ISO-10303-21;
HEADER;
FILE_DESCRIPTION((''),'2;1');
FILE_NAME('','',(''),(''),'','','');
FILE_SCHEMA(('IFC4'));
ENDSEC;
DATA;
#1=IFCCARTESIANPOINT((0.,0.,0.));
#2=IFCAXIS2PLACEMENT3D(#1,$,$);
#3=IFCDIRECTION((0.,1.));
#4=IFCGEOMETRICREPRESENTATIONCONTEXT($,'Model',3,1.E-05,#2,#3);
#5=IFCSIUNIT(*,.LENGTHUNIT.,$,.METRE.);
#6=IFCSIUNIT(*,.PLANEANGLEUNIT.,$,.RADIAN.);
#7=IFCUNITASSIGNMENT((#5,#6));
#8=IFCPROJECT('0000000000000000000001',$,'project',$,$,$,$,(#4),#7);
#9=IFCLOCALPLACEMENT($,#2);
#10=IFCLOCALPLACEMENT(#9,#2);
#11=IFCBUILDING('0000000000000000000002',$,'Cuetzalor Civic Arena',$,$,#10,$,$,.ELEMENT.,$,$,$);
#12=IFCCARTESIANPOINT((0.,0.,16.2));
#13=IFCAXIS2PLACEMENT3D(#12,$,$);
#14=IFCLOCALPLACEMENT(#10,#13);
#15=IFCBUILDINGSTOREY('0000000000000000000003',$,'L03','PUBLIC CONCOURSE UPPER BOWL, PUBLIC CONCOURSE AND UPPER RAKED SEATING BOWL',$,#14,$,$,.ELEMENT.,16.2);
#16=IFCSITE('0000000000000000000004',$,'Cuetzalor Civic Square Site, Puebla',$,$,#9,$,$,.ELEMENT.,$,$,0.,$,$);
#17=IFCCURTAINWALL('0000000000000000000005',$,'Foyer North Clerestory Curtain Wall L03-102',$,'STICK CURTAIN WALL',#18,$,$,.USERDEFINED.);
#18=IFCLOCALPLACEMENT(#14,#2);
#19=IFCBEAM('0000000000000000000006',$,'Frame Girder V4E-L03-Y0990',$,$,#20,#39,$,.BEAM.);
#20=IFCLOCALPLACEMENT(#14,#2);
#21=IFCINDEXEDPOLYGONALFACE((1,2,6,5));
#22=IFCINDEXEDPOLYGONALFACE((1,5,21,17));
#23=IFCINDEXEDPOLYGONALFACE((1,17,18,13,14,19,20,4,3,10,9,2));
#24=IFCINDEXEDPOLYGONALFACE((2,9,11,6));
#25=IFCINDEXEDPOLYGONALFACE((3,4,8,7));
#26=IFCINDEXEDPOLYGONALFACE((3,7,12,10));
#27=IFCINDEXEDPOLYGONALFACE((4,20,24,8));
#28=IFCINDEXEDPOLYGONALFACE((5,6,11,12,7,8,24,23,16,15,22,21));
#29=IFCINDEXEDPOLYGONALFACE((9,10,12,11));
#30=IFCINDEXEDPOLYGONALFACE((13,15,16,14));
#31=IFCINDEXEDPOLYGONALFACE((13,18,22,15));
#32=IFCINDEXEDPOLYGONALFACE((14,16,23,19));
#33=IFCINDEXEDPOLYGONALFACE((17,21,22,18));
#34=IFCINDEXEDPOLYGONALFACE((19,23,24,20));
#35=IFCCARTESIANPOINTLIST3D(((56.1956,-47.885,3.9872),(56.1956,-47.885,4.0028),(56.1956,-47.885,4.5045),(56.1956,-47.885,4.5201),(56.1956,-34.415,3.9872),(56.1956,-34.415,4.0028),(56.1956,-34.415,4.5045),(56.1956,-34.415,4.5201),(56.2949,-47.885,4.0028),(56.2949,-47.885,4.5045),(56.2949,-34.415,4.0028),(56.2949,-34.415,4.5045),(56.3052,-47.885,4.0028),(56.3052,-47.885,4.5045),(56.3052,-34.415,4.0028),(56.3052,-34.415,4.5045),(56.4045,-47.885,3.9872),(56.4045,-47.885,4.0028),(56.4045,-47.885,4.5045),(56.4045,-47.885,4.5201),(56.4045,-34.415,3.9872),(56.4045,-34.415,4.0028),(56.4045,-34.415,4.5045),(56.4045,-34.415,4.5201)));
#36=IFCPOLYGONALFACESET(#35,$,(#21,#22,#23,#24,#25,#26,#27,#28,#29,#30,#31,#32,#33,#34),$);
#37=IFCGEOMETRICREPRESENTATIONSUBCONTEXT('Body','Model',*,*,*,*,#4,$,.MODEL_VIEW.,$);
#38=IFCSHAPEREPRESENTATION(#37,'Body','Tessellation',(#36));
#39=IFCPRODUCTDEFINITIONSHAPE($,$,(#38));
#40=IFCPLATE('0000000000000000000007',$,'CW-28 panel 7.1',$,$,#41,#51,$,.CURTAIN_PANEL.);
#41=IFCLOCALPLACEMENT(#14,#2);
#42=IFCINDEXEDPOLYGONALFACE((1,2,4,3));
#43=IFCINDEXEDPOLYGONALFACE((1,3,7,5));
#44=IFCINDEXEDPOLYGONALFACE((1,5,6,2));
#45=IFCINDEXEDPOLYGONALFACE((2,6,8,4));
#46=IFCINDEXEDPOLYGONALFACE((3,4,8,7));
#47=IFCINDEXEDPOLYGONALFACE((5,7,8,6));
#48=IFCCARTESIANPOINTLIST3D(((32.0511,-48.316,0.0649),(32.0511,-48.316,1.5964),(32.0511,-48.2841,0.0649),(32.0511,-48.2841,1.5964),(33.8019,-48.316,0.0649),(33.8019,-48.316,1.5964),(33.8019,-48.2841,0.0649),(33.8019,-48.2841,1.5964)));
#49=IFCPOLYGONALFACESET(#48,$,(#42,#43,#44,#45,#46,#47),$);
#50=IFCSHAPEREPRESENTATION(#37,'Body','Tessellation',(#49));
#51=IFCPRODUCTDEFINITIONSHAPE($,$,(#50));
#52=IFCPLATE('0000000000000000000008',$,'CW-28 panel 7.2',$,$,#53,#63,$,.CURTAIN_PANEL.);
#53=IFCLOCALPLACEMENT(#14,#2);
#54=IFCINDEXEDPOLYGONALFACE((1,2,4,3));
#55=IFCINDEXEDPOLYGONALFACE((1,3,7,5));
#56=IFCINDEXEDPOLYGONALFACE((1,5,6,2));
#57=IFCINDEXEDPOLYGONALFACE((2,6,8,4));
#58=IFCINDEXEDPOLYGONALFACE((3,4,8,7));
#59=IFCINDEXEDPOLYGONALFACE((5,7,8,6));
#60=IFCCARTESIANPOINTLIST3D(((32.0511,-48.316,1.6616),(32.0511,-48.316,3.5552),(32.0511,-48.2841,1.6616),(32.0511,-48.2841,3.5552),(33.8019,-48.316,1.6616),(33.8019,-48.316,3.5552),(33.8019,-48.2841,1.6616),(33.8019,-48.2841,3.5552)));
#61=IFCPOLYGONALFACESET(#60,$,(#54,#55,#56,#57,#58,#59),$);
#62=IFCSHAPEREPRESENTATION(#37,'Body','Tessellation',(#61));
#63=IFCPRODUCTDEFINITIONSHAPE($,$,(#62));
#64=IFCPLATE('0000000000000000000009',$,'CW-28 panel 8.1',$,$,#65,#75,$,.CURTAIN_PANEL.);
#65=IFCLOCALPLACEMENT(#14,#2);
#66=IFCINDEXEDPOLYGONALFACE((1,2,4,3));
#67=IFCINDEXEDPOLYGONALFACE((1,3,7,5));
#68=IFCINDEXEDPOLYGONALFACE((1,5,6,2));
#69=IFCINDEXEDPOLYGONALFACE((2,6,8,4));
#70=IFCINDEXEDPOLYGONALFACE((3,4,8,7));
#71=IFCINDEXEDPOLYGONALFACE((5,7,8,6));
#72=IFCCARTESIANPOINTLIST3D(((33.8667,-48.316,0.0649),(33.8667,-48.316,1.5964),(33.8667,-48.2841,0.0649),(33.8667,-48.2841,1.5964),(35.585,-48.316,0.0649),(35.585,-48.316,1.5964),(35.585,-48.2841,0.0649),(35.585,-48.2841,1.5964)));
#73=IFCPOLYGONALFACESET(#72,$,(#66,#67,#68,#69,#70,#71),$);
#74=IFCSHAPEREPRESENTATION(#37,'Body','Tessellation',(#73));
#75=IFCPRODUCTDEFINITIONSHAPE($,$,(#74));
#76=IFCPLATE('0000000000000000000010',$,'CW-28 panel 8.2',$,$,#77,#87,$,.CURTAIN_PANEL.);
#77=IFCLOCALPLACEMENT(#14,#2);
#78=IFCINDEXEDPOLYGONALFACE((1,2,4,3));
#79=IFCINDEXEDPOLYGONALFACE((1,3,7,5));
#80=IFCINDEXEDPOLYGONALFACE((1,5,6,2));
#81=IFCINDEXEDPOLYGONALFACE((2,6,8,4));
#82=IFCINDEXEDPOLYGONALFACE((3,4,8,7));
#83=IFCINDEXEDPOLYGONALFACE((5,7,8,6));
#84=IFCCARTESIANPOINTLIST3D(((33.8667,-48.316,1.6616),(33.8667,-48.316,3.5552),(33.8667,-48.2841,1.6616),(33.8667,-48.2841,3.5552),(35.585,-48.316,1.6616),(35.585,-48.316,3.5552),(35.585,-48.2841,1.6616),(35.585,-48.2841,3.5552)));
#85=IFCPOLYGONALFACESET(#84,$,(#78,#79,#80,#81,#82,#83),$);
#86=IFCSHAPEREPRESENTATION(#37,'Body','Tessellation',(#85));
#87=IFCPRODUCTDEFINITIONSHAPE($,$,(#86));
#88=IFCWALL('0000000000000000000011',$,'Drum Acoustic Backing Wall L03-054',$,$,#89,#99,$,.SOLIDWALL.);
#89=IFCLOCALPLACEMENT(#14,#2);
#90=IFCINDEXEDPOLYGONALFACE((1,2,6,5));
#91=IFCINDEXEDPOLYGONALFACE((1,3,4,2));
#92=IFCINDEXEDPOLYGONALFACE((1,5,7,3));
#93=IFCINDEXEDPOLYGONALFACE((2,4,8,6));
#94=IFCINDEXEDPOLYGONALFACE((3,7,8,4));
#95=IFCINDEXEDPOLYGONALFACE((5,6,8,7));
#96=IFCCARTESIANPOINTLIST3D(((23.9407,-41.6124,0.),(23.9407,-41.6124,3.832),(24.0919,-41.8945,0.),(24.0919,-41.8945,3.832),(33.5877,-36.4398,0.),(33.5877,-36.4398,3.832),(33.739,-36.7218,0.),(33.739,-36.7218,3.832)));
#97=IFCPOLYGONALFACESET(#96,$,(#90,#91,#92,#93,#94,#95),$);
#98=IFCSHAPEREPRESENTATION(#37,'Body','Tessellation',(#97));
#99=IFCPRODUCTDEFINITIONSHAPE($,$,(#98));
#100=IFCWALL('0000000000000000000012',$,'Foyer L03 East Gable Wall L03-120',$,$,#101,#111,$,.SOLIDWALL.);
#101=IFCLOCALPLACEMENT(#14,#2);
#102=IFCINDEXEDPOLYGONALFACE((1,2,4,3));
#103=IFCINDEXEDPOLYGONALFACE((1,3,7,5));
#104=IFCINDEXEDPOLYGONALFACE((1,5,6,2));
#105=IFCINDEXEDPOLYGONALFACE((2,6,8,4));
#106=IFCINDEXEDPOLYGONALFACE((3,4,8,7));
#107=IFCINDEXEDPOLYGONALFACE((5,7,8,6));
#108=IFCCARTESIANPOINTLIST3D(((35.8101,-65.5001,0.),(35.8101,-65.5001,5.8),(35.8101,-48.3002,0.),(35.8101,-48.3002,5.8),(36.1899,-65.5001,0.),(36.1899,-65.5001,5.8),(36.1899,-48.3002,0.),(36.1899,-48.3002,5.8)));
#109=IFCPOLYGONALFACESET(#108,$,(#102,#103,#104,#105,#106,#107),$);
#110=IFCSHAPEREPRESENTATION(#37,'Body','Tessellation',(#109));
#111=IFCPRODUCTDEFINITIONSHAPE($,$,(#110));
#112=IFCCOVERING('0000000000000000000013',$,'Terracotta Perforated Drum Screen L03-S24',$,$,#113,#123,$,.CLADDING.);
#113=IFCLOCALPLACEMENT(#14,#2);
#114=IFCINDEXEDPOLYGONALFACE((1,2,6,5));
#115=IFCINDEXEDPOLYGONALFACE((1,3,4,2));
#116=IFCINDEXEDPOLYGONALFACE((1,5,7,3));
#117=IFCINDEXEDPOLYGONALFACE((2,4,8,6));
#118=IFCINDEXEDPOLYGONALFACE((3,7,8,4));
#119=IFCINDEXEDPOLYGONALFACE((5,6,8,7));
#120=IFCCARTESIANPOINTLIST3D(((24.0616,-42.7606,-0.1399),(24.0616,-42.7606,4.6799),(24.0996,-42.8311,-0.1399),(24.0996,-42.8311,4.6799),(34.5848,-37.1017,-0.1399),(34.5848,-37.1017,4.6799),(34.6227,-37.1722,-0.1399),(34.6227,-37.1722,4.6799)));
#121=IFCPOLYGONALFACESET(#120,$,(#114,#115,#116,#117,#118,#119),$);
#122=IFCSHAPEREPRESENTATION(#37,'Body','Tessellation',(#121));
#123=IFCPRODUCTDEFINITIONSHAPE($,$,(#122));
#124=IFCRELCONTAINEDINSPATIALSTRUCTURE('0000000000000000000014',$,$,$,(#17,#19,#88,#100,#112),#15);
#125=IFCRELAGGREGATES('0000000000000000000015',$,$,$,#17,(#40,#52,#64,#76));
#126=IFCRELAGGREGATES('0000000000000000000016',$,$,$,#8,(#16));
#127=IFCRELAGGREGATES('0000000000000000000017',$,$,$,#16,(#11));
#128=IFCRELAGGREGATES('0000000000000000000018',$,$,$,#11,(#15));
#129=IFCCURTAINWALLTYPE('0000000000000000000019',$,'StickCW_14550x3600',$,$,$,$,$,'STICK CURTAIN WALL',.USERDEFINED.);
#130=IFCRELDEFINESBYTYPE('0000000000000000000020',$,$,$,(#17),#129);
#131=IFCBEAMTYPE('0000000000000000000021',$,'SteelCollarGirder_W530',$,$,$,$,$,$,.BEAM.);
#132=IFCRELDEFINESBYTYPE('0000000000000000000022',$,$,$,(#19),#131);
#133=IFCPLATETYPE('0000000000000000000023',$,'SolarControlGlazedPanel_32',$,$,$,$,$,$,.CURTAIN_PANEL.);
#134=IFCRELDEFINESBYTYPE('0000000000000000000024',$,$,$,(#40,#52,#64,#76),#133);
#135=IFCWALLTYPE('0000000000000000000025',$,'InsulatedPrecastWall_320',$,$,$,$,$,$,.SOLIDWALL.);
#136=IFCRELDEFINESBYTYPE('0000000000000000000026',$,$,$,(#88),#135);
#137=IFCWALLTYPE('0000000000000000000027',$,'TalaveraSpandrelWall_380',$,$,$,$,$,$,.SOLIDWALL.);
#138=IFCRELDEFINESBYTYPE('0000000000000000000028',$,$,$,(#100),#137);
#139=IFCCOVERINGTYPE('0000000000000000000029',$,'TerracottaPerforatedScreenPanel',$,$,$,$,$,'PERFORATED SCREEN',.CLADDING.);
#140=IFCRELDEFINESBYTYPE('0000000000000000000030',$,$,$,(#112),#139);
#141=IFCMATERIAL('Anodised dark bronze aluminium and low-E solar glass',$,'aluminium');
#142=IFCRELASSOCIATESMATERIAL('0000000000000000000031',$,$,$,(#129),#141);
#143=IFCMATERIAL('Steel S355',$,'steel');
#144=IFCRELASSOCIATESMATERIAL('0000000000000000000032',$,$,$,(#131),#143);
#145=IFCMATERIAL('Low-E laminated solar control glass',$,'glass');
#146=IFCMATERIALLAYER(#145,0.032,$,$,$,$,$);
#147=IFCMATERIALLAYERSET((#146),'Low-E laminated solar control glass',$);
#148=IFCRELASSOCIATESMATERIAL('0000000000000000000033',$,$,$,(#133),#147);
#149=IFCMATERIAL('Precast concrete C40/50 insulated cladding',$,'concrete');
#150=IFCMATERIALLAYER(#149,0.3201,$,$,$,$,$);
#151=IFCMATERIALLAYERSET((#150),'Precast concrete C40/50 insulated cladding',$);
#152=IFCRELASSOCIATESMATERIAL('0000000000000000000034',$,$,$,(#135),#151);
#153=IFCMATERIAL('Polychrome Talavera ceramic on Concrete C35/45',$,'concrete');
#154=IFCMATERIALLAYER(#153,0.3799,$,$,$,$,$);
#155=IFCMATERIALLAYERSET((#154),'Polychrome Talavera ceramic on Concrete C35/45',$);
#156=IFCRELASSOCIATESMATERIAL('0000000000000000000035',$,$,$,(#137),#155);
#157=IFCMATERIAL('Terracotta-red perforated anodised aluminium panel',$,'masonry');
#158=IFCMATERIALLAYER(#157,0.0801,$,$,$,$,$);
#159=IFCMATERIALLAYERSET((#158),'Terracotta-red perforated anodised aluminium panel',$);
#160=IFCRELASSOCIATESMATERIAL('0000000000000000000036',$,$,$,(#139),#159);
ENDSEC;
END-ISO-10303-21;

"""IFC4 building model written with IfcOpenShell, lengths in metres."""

from ifc_helpers import new_model, si_unit, direction, frame, frame_2d, origin, origin_2d, place, context, subcontext, project, spatial, rectangle, i_section, extrude, material, layer, layer_set, material_profile, profile_set, type_object, element, aggregate, save


model = new_model("IFC4")

# Units and contexts
model_context = context("Model", 3, precision=1e-05, world=origin(), true_north=direction((0.0, 1.0)))
body_context = subcontext(model_context, "Body", "Model", "MODEL_VIEW")
ifc_project = project(units=[si_unit("LENGTHUNIT", "METRE"), si_unit("PLANEANGLEUNIT", "RADIAN")], contexts=[model_context])

# Site, building, storey
site_placement = place(None, origin())
site = spatial("IfcSite", under=ifc_project, at=site_placement, Name="Cuetzalor Civic Square Site, Puebla", CompositionType="ELEMENT", RefElevation=0.0)
building_placement = place(site_placement, origin())
building = spatial("IfcBuilding", under=site, at=building_placement, Name="Cuetzalor Civic Arena", CompositionType="ELEMENT")
storey_placement = place(building_placement, frame((0.0, 0.0, 16.2)))
storey = spatial("IfcBuildingStorey", under=building, at=storey_placement, Name="L03", Description="PUBLIC CONCOURSE UPPER BOWL, PUBLIC CONCOURSE AND UPPER RAKED SEATING BOWL", CompositionType="ELEMENT", Elevation=16.2)

# Curtain wall
ifc_material_1 = material(Name="Anodised dark bronze aluminium and low-E solar glass", Category="aluminium")
curtain_wall_type = type_object("IfcCurtainWallType", Name="StickCW_14550x3600", ElementType="STICK CURTAIN WALL", PredefinedType="USERDEFINED", material=ifc_material_1)
curtain_wall_placement = place(storey_placement, origin())
curtain_wall = element("IfcCurtainWall", 1, at=curtain_wall_placement, inside=storey, type_object=curtain_wall_type, Name="Foyer North Clerestory Curtain Wall L03-102", ObjectType="STICK CURTAIN WALL", PredefinedType="USERDEFINED")

# Beam
ifc_material_2 = material(Name="Steel S355", Category="steel")
ifc_material_profile_1 = material_profile(ifc_material_2, i_section(OverallWidth=0.209, OverallDepth=0.533, WebThickness=0.0103, FlangeThickness=0.0156, at=origin_2d()), Name="W530x92")
ifc_profile_set_1 = profile_set([ifc_material_profile_1], Name="Steel S355")
beam_type_1 = type_object("IfcBeamType", Name="SteelCollarGirder_W530", PredefinedType="BEAM", material=ifc_profile_set_1)
beam_1_placement = place(storey_placement, frame((56.3, -47.885, 4.2537), z_axis=(0.0, 1.0, 0.0), x_axis=(-1.0, 0.0, 0.0)))
element("IfcBeam", 2, at=beam_1_placement, inside=storey, type_object=beam_type_1, Name="Frame Girder V4E-L03-Y0990", PredefinedType="BEAM", context=body_context, shape_type="SweptSolid", body=[
    extrude(i_section(OverallWidth=0.209, OverallDepth=0.533, WebThickness=0.0103, FlangeThickness=0.0156, at=origin_2d()), origin(), (0.0, 0.0, 1.0), 13.47),
])

# Plates
ifc_material_3 = material(Name="Low-E laminated solar control glass", Category="glass")
ifc_layer_1 = layer(ifc_material_3, 0.032)
ifc_layer_set_1 = layer_set([ifc_layer_1], Name="Low-E laminated solar control glass")
plate_type = type_object("IfcPlateType", Name="SolarControlGlazedPanel_32", PredefinedType="CURTAIN_PANEL", material=ifc_layer_set_1)
plate_1_placement = place(storey_placement, frame((32.9265, -48.3, 0.0649), z_axis=(0.0, 0.0, 1.0), x_axis=(1.0, 0.0, 0.0)))
plate_1 = element("IfcPlate", 3, at=plate_1_placement, type_object=plate_type, Name="CW-28 panel 7.1", PredefinedType="CURTAIN_PANEL", context=body_context, shape_type="SweptSolid", body=[
    extrude(rectangle(XDim=1.7507, YDim=0.032, at=origin_2d()), origin(), (0.0, 0.0, 1.0), 1.5315),
])
plate_2_placement = place(storey_placement, frame((32.9265, -48.3, 1.6616), z_axis=(0.0, 0.0, 1.0), x_axis=(1.0, 0.0, 0.0)))
plate_2 = element("IfcPlate", 4, at=plate_2_placement, type_object=plate_type, Name="CW-28 panel 7.2", PredefinedType="CURTAIN_PANEL", context=body_context, shape_type="SweptSolid", body=[
    extrude(rectangle(XDim=1.7507, YDim=0.032, at=origin_2d()), origin(), (0.0, 0.0, 1.0), 1.8936),
])
plate_3_placement = place(storey_placement, frame((34.7258, -48.3, 0.0649), z_axis=(0.0, 0.0, 1.0), x_axis=(1.0, 0.0, 0.0)))
plate_3 = element("IfcPlate", 5, at=plate_3_placement, type_object=plate_type, Name="CW-28 panel 8.1", PredefinedType="CURTAIN_PANEL", context=body_context, shape_type="SweptSolid", body=[
    extrude(rectangle(XDim=1.7183, YDim=0.032, at=origin_2d()), origin(), (0.0, 0.0, 1.0), 1.5315),
])
plate_4_placement = place(storey_placement, frame((34.7258, -48.3, 1.6616), z_axis=(0.0, 0.0, 1.0), x_axis=(1.0, 0.0, 0.0)))
plate_4 = element("IfcPlate", 6, at=plate_4_placement, type_object=plate_type, Name="CW-28 panel 8.2", PredefinedType="CURTAIN_PANEL", context=body_context, shape_type="SweptSolid", body=[
    extrude(rectangle(XDim=1.7183, YDim=0.032, at=origin_2d()), origin(), (0.0, 0.0, 1.0), 1.8936),
])
aggregate(curtain_wall, [plate_1, plate_2, plate_3, plate_4])

# Wall
ifc_material_4 = material(Name="Precast concrete C40/50 insulated cladding", Category="concrete")
ifc_layer_2 = layer(ifc_material_4, 0.3201)
ifc_layer_set_2 = layer_set([ifc_layer_2], Name="Precast concrete C40/50 insulated cladding")
wall_type_1 = type_object("IfcWallType", Name="InsulatedPrecastWall_320", PredefinedType="SOLIDWALL", material=ifc_layer_set_2)
wall_1_placement = place(storey_placement, frame((33.6633, -36.5808, 0.0), z_axis=(0.0, 0.0, 1.0), x_axis=(-0.881306, -0.472547, 0.0)))
element("IfcWall", 7, at=wall_1_placement, inside=storey, type_object=wall_type_1, Name="Drum Acoustic Backing Wall L03-054", PredefinedType="SOLIDWALL", context=body_context, shape_type="SweptSolid", body=[
    extrude(rectangle(XDim=10.9463, YDim=0.3201, at=frame_2d((5.4731, 0.0))), origin(), (0.0, 0.0, 1.0), 3.832),
])

# Wall
ifc_material_5 = material(Name="Polychrome Talavera ceramic on Concrete C35/45", Category="concrete")
ifc_layer_3 = layer(ifc_material_5, 0.3799)
ifc_layer_set_3 = layer_set([ifc_layer_3], Name="Polychrome Talavera ceramic on Concrete C35/45")
wall_type_2 = type_object("IfcWallType", Name="TalaveraSpandrelWall_380", PredefinedType="SOLIDWALL", material=ifc_layer_set_3)
wall_2_placement = place(storey_placement, frame((36.0, -48.3, 0.0), z_axis=(0.0, 0.0, 1.0), x_axis=(0.0, -1.0, 0.0)))
element("IfcWall", 8, at=wall_2_placement, inside=storey, type_object=wall_type_2, Name="Foyer L03 East Gable Wall L03-120", PredefinedType="SOLIDWALL", context=body_context, shape_type="SweptSolid", body=[
    extrude(rectangle(XDim=17.2, YDim=0.3799, at=frame_2d((8.6001, 0.0))), origin(), (0.0, 0.0, 1.0), 5.8),
])

# Covering
ifc_material_6 = material(Name="Terracotta-red perforated anodised aluminium panel", Category="masonry")
ifc_layer_4 = layer(ifc_material_6, 0.0801)
ifc_layer_set_4 = layer_set([ifc_layer_4], Name="Terracotta-red perforated anodised aluminium panel")
covering_type = type_object("IfcCoveringType", Name="TerracottaPerforatedScreenPanel", ElementType="PERFORATED SCREEN", PredefinedType="CLADDING", material=ifc_layer_set_4)
covering_placement = place(storey_placement, frame((34.6038, -37.137, -0.1399), z_axis=(0.0, 0.0, 1.0), x_axis=(-0.880729, -0.47362, 0.0)))
element("IfcCovering", 9, at=covering_placement, inside=storey, type_object=covering_type, Name="Terracotta Perforated Drum Screen L03-S24", PredefinedType="CLADDING", context=body_context, shape_type="SweptSolid", body=[
    extrude(rectangle(XDim=11.9482, YDim=0.0801, at=frame_2d((5.9741, 0.0))), origin(), (0.0, 0.0, 1.0), 4.8198),
])

save(model, "model.ifc")
